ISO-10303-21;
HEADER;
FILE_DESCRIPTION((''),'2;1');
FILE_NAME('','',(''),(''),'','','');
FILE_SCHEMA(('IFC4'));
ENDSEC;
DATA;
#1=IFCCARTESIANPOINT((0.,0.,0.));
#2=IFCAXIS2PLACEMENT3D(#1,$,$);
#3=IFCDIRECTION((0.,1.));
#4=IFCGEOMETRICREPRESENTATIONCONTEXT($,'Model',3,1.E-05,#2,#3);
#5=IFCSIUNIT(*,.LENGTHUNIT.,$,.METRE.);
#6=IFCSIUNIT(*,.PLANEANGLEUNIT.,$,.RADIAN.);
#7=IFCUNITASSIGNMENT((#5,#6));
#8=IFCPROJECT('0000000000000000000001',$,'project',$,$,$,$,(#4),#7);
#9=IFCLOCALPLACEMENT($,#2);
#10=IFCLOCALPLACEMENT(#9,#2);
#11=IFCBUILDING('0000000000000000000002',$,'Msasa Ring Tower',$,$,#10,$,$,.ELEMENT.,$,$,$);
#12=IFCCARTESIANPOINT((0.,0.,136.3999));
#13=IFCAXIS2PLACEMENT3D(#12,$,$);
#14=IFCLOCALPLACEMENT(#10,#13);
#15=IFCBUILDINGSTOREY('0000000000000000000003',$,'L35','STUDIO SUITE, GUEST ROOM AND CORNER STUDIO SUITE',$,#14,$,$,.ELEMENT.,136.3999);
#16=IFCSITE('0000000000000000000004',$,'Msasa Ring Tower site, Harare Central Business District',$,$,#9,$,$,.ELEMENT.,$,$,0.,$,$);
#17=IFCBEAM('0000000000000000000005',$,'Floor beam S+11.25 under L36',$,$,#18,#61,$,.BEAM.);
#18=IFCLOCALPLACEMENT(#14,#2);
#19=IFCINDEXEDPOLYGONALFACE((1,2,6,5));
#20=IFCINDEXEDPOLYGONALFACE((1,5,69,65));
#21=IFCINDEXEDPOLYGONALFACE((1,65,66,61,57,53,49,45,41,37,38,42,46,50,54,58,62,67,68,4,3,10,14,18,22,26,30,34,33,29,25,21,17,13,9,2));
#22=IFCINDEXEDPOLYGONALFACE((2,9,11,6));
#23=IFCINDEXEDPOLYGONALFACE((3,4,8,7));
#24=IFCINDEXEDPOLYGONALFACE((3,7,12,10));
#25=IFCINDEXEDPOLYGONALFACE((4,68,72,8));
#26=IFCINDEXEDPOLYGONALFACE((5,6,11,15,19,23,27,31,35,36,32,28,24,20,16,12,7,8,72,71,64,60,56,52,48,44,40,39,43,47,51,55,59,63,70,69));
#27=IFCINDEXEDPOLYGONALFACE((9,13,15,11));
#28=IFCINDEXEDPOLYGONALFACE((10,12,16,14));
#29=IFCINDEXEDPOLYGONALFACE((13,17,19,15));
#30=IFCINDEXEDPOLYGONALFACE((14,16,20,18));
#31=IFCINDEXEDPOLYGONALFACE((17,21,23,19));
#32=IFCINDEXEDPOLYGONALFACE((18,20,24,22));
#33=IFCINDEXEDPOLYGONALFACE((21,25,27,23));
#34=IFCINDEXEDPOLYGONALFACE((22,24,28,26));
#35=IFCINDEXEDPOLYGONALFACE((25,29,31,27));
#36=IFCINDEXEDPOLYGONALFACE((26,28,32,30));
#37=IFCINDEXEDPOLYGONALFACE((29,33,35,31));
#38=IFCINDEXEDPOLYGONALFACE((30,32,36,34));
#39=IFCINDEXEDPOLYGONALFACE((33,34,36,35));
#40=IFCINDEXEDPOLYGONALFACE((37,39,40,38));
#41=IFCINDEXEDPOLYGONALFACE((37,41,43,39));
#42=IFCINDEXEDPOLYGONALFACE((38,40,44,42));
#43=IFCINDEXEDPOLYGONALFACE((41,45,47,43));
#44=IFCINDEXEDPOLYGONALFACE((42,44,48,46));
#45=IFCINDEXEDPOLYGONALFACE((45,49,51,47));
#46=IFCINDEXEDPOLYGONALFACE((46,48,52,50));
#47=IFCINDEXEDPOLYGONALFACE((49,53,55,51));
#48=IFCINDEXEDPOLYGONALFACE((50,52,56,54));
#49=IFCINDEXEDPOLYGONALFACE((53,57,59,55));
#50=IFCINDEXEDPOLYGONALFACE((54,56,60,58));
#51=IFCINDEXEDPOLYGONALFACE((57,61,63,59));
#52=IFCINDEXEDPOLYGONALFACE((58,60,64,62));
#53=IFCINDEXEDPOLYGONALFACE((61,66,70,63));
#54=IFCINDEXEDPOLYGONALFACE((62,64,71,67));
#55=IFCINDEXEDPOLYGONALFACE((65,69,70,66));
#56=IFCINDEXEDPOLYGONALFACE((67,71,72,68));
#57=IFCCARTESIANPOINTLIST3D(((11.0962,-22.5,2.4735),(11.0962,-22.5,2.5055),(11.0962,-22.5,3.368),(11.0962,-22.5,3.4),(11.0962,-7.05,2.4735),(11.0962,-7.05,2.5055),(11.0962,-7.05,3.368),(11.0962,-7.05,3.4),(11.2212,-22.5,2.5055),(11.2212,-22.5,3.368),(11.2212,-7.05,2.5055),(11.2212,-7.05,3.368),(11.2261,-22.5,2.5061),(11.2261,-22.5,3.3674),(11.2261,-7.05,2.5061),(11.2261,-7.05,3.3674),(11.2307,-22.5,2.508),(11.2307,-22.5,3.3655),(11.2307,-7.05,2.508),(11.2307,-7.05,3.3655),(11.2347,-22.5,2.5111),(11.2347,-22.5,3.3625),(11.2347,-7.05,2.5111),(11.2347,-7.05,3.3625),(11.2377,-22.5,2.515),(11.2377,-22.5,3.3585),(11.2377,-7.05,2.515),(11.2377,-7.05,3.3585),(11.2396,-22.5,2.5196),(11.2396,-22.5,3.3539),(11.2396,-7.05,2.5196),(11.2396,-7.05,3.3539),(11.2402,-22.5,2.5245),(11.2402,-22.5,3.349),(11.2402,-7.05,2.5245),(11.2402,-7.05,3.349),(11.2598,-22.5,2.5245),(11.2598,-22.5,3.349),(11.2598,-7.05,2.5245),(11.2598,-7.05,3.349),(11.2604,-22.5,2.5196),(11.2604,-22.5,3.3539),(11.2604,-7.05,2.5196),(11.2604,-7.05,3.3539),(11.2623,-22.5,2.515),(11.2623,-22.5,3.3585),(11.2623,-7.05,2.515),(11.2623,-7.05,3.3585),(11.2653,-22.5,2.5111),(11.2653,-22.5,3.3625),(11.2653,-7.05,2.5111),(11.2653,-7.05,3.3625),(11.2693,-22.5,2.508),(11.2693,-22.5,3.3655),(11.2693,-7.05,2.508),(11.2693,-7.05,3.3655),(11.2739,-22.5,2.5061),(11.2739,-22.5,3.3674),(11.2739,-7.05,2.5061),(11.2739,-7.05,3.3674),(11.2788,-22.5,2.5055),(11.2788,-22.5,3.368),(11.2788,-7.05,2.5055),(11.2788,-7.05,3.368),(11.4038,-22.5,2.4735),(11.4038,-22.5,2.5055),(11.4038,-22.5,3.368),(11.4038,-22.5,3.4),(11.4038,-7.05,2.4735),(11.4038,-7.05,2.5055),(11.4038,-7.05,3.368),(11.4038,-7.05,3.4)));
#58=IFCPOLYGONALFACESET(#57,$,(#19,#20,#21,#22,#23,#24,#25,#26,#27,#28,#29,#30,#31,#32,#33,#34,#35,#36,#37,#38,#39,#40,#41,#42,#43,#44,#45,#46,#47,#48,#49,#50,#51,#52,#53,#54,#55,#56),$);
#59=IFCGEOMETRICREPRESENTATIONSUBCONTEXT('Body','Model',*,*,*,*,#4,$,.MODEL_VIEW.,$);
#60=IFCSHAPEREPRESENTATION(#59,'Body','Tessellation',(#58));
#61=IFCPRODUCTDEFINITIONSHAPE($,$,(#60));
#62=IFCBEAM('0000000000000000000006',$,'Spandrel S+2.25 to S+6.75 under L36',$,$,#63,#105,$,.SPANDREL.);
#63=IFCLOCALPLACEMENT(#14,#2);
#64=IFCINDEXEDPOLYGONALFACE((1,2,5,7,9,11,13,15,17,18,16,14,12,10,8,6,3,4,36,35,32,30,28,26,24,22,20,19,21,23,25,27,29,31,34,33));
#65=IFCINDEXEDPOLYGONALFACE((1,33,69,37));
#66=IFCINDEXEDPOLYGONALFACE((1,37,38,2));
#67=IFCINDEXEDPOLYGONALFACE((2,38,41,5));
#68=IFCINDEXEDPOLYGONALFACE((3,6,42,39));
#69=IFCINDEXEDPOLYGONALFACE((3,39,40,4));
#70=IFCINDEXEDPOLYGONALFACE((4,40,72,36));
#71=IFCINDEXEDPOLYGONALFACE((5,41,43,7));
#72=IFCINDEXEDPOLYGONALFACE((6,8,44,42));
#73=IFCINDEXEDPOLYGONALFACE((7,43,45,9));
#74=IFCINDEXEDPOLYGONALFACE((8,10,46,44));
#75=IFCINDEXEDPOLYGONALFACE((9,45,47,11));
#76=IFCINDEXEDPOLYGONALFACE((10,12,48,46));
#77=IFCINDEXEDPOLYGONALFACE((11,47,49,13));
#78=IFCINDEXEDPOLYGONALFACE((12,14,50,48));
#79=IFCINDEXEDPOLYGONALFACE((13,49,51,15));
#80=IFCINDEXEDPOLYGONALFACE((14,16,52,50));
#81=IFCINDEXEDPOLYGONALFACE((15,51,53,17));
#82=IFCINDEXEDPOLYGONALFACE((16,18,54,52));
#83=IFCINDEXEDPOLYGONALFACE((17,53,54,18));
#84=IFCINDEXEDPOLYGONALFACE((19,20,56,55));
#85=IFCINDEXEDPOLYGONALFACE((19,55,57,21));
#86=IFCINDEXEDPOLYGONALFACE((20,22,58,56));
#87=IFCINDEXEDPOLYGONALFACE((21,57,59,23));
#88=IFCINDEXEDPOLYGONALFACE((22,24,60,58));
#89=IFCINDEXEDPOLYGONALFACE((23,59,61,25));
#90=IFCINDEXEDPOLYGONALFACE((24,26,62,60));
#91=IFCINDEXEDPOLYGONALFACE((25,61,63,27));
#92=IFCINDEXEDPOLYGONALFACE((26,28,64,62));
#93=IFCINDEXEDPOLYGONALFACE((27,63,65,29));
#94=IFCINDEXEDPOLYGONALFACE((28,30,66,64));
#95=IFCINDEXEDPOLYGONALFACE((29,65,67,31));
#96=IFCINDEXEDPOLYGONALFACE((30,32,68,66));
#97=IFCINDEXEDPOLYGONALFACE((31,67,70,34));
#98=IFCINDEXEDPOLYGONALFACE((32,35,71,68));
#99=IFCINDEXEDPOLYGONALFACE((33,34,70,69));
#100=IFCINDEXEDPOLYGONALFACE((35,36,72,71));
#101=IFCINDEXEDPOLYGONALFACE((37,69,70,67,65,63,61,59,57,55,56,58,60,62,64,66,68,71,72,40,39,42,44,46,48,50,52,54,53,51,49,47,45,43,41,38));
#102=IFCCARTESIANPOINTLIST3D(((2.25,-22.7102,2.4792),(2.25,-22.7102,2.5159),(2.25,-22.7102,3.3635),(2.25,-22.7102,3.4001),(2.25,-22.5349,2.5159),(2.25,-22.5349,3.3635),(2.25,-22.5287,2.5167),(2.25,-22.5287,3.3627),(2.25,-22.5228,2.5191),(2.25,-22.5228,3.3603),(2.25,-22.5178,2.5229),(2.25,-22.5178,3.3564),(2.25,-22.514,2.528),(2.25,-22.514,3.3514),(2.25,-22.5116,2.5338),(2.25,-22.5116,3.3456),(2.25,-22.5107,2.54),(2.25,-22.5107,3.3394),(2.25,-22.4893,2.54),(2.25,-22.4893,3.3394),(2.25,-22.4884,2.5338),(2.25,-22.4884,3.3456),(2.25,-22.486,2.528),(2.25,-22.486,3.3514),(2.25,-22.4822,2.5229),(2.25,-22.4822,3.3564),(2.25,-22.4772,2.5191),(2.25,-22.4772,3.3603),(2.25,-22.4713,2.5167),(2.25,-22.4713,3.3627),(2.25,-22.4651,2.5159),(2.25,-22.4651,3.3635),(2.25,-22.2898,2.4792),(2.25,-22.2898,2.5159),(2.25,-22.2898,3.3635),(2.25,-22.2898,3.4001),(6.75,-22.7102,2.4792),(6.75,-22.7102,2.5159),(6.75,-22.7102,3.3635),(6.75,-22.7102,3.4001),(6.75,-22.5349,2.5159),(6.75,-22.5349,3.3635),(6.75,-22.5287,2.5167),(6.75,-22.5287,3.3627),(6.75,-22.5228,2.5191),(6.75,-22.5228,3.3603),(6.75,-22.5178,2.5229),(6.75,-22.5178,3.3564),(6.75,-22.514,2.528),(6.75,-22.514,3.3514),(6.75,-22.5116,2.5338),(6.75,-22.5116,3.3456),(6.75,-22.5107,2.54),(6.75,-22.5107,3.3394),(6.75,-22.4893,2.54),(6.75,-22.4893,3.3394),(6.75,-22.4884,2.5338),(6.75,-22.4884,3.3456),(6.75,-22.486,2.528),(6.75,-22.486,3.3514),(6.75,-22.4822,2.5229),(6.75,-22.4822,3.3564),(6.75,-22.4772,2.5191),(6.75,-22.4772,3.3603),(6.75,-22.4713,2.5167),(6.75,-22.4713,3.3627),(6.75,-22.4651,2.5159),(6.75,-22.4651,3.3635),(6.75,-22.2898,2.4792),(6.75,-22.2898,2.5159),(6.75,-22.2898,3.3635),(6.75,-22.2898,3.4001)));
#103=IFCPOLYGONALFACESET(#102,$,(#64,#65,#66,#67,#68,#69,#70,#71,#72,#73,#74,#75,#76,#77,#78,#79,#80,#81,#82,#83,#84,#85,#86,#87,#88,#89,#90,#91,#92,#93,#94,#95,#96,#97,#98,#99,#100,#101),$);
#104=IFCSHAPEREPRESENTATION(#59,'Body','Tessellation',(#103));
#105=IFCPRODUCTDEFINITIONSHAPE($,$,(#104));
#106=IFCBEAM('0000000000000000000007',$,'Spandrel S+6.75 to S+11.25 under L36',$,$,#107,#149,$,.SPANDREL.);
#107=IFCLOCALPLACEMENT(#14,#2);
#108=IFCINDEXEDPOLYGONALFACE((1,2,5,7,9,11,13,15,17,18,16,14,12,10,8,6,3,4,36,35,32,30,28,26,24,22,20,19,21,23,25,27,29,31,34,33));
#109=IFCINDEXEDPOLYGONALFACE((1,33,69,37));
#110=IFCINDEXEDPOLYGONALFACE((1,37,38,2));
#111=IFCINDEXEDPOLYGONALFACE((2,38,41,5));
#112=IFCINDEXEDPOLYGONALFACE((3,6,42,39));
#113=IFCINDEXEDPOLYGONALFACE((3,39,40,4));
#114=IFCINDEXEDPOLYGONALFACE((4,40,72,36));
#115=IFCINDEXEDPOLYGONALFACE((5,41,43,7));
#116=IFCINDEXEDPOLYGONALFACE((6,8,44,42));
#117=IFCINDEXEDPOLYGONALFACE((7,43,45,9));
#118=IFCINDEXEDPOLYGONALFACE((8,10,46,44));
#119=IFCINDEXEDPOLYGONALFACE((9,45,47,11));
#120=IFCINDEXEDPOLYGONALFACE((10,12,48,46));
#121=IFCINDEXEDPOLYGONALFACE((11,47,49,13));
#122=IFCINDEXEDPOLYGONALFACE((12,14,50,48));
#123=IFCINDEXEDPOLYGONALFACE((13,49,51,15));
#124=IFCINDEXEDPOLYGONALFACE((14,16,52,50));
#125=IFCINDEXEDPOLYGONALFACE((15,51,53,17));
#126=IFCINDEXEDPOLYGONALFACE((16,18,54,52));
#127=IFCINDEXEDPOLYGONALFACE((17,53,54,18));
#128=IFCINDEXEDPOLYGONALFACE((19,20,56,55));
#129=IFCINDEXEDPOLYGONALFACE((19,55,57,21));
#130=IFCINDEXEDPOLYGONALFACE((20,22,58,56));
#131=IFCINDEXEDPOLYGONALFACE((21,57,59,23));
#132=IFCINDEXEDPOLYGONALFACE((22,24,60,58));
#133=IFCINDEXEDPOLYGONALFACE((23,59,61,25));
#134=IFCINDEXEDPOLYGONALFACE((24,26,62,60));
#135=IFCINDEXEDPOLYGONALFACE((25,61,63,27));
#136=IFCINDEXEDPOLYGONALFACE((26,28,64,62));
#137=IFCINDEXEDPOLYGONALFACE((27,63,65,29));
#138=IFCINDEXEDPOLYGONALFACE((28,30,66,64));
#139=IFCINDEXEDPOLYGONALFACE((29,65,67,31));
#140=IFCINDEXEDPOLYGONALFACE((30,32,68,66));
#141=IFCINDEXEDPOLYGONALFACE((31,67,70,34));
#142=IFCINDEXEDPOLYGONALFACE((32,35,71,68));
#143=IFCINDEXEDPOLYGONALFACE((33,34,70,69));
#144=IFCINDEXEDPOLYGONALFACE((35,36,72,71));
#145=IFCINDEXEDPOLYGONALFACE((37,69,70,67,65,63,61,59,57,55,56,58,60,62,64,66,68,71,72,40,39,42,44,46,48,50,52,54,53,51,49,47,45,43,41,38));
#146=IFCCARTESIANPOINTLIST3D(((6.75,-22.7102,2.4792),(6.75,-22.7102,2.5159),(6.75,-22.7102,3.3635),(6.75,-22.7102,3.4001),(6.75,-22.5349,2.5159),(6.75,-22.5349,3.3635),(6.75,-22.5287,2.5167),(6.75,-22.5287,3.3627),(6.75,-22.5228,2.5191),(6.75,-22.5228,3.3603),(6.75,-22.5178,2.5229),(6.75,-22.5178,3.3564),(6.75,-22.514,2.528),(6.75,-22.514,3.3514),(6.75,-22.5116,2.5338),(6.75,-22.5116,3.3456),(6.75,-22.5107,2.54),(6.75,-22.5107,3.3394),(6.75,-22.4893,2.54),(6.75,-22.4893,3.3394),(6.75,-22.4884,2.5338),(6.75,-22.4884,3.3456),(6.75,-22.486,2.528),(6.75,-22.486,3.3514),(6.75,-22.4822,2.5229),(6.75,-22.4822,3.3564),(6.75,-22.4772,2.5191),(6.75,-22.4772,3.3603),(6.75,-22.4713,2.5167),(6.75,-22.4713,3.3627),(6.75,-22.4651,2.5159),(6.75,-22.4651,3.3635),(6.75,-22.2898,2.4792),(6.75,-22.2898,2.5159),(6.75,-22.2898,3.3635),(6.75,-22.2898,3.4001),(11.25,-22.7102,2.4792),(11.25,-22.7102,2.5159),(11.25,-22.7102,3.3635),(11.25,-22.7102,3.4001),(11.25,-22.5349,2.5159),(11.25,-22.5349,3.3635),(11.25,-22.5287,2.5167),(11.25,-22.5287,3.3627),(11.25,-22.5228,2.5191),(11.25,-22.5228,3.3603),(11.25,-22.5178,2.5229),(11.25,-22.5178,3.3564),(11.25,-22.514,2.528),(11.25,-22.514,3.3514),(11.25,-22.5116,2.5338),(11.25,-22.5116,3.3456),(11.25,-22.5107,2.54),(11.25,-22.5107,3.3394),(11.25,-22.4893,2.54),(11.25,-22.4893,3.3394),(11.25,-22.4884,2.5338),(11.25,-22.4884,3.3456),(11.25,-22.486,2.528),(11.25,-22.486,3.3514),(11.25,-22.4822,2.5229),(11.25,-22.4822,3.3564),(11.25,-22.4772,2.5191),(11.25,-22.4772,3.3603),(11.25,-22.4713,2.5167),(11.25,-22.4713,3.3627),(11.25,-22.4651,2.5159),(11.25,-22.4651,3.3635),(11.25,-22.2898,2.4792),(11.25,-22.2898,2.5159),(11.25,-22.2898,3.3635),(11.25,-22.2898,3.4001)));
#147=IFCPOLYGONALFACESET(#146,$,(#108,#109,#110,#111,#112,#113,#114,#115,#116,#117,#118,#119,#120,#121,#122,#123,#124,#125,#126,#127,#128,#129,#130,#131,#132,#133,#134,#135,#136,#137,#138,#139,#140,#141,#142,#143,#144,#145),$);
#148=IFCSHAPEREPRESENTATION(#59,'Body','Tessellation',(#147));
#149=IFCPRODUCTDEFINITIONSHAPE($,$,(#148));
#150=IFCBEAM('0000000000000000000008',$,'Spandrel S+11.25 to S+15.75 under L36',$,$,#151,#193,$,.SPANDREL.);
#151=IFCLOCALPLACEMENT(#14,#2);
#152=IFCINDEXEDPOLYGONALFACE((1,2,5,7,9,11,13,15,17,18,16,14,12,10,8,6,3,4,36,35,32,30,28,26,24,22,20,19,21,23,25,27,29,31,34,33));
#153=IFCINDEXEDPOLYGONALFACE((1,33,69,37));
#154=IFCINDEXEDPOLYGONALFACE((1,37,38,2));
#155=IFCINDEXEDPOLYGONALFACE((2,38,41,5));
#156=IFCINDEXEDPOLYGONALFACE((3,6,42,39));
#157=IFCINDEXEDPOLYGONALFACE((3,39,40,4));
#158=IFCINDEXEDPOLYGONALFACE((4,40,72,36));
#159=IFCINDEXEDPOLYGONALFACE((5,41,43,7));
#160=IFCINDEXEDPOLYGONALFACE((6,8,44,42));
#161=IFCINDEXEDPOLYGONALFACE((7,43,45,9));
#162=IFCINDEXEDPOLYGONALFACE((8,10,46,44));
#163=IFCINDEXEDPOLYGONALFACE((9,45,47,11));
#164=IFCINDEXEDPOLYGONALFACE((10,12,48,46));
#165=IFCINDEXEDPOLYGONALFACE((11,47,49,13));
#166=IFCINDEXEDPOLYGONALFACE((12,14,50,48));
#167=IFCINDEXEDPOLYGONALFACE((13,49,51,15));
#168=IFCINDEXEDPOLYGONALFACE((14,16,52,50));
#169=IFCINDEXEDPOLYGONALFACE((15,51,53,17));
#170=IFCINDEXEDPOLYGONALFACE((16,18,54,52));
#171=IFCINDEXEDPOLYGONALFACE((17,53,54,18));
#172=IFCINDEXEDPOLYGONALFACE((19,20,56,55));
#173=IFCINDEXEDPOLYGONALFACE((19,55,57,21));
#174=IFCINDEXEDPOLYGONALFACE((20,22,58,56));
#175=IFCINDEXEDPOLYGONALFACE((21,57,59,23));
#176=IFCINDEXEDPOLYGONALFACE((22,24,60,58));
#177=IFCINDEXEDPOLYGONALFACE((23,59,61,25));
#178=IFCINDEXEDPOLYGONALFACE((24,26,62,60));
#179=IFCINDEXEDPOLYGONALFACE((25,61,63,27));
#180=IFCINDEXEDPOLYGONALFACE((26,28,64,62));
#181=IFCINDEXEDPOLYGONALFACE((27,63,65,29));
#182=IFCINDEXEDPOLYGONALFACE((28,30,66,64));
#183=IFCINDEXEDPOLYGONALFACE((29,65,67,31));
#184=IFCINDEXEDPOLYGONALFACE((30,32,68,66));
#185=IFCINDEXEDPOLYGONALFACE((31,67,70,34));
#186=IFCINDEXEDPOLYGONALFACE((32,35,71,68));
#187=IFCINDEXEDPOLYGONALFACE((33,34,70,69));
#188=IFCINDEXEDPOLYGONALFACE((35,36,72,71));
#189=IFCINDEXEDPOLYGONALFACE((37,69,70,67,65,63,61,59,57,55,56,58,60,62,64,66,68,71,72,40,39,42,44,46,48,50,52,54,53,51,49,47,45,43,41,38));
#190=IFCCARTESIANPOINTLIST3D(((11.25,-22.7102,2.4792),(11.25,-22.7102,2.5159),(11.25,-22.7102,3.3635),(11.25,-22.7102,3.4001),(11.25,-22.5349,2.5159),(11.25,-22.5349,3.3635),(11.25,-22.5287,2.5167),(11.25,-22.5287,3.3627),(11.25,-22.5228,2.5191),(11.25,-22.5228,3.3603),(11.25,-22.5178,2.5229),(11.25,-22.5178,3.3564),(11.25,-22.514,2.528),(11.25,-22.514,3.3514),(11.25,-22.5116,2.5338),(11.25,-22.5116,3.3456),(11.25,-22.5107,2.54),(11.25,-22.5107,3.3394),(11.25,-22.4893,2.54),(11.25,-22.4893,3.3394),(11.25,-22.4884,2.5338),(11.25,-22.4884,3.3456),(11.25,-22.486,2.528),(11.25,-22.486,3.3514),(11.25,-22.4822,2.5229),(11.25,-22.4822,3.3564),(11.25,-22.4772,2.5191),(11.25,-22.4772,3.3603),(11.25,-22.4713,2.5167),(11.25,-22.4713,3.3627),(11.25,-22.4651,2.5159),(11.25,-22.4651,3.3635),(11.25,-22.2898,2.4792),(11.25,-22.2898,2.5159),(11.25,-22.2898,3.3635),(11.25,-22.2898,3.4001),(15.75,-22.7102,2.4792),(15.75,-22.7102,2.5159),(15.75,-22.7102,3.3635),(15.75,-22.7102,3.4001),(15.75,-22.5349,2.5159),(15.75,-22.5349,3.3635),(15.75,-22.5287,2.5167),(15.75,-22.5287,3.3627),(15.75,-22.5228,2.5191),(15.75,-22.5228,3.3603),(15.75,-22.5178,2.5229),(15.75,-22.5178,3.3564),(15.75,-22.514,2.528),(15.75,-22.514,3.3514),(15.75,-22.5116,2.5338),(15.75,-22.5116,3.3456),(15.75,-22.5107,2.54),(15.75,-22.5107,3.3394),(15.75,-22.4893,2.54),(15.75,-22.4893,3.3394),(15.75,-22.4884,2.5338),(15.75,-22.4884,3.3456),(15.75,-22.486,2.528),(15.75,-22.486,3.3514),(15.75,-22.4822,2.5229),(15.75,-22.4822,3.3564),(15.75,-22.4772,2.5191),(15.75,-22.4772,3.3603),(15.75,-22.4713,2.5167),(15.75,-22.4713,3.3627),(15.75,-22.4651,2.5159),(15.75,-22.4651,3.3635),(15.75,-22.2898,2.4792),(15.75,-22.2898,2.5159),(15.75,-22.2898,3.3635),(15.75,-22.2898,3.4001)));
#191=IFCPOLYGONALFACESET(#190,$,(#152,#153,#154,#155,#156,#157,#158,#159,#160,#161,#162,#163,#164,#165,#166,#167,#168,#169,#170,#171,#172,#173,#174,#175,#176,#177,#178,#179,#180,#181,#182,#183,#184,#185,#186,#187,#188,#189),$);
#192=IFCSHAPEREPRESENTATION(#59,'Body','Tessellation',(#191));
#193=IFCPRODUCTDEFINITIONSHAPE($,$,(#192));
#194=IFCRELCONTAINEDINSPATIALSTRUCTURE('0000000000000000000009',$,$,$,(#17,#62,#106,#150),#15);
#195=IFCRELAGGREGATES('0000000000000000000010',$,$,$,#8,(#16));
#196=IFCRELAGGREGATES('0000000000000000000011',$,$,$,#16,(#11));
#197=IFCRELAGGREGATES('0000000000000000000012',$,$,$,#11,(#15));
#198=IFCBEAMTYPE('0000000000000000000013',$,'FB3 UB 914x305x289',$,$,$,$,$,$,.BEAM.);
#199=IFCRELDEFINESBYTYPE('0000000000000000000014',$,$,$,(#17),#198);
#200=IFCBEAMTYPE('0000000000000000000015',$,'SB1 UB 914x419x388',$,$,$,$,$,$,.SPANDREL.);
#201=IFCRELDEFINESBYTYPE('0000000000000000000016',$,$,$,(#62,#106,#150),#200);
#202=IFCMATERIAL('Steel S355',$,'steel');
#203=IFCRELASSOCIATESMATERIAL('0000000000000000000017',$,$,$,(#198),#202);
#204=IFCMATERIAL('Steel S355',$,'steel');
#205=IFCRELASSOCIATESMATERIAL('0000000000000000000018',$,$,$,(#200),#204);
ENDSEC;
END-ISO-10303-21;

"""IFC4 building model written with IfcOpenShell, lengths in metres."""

from ifc_helpers import new_model, si_unit, direction, frame, origin, origin_2d, place, context, subcontext, project, spatial, i_section, extrude, material, material_profile, profile_set, type_object, element, save


model = new_model("IFC4")

# Units and contexts
model_context = context("Model", 3, precision=1e-05, world=origin(), true_north=direction((0.0, 1.0)))
body_context = subcontext(model_context, "Body", "Model", "MODEL_VIEW")
ifc_project = project(units=[si_unit("LENGTHUNIT", "METRE"), si_unit("PLANEANGLEUNIT", "RADIAN")], contexts=[model_context])

# Site, building, storey
site_placement = place(None, origin())
site = spatial("IfcSite", under=ifc_project, at=site_placement, Name="Msasa Ring Tower site, Harare Central Business District", CompositionType="ELEMENT", RefElevation=0.0)
building_placement = place(site_placement, origin())
building = spatial("IfcBuilding", under=site, at=building_placement, Name="Msasa Ring Tower", CompositionType="ELEMENT")
storey_placement = place(building_placement, frame((0.0, 0.0, 136.3999)))
storey = spatial("IfcBuildingStorey", under=building, at=storey_placement, Name="L35", Description="STUDIO SUITE, GUEST ROOM AND CORNER STUDIO SUITE", CompositionType="ELEMENT", Elevation=136.3999)

# Beams
ifc_material_1 = material(Name="Steel S355", Category="steel")
ifc_material_profile_1 = material_profile(ifc_material_1, i_section(OverallWidth=0.3076, OverallDepth=0.9265, WebThickness=0.0195, FlangeThickness=0.032, FilletRadius=0.019, at=origin_2d()), Name="UB 914x305x289")
ifc_profile_set_1 = profile_set([ifc_material_profile_1], Name="Steel S355")
beam_type_1 = type_object("IfcBeamType", Name="FB3 UB 914x305x289", PredefinedType="BEAM", material=ifc_profile_set_1)
beam_placement = place(storey_placement, frame((11.25, -22.5, 2.9368), z_axis=(0.0, 1.0, 0.0), x_axis=(-1.0, 0.0, 0.0)))
element("IfcBeam", 1, at=beam_placement, inside=storey, type_object=beam_type_1, Name="Floor beam S+11.25 under L36", PredefinedType="BEAM", context=body_context, shape_type="SweptSolid", body=[
    extrude(i_section(OverallWidth=0.3076, OverallDepth=0.9265, WebThickness=0.0195, FlangeThickness=0.032, FilletRadius=0.019, at=origin_2d()), origin(), (0.0, 0.0, 1.0), 15.45),
])
ifc_material_2 = material(Name="Steel S355", Category="steel")
ifc_material_profile_2 = material_profile(ifc_material_2, i_section(OverallWidth=0.4204, OverallDepth=0.9209, WebThickness=0.0215, FlangeThickness=0.0366, FilletRadius=0.0242, at=origin_2d()), Name="UB 914x419x388")
ifc_profile_set_2 = profile_set([ifc_material_profile_2], Name="Steel S355")
beam_type_2 = type_object("IfcBeamType", Name="SB1 UB 914x419x388", PredefinedType="SPANDREL", material=ifc_profile_set_2)
for number, where, z_axis, x_axis, name in (
    (2, (2.25, -22.5, 2.9397), (1.0, 0.0, 0.0), (0.0, 1.0, 0.0), "Spandrel S+2.25 to S+6.75 under L36"),
    (3, (6.75, -22.5, 2.9397), (1.0, 0.0, 0.0), (0.0, 1.0, 0.0), "Spandrel S+6.75 to S+11.25 under L36"),
    (4, (11.25, -22.5, 2.9397), (1.0, 0.0, 0.0), (0.0, 1.0, 0.0), "Spandrel S+11.25 to S+15.75 under L36"),
):
    element("IfcBeam", number, at=place(storey_placement, frame(where, z_axis=z_axis, x_axis=x_axis)), inside=storey, type_object=beam_type_2, Name=name, PredefinedType="SPANDREL", context=body_context, shape_type="SweptSolid", body=[
        extrude(i_section(OverallWidth=0.4204, OverallDepth=0.9209, WebThickness=0.0215, FlangeThickness=0.0366, FilletRadius=0.0242, at=origin_2d()), origin(), (0.0, 0.0, 1.0), 4.5),
    ])

save(model, "model.ifc")
